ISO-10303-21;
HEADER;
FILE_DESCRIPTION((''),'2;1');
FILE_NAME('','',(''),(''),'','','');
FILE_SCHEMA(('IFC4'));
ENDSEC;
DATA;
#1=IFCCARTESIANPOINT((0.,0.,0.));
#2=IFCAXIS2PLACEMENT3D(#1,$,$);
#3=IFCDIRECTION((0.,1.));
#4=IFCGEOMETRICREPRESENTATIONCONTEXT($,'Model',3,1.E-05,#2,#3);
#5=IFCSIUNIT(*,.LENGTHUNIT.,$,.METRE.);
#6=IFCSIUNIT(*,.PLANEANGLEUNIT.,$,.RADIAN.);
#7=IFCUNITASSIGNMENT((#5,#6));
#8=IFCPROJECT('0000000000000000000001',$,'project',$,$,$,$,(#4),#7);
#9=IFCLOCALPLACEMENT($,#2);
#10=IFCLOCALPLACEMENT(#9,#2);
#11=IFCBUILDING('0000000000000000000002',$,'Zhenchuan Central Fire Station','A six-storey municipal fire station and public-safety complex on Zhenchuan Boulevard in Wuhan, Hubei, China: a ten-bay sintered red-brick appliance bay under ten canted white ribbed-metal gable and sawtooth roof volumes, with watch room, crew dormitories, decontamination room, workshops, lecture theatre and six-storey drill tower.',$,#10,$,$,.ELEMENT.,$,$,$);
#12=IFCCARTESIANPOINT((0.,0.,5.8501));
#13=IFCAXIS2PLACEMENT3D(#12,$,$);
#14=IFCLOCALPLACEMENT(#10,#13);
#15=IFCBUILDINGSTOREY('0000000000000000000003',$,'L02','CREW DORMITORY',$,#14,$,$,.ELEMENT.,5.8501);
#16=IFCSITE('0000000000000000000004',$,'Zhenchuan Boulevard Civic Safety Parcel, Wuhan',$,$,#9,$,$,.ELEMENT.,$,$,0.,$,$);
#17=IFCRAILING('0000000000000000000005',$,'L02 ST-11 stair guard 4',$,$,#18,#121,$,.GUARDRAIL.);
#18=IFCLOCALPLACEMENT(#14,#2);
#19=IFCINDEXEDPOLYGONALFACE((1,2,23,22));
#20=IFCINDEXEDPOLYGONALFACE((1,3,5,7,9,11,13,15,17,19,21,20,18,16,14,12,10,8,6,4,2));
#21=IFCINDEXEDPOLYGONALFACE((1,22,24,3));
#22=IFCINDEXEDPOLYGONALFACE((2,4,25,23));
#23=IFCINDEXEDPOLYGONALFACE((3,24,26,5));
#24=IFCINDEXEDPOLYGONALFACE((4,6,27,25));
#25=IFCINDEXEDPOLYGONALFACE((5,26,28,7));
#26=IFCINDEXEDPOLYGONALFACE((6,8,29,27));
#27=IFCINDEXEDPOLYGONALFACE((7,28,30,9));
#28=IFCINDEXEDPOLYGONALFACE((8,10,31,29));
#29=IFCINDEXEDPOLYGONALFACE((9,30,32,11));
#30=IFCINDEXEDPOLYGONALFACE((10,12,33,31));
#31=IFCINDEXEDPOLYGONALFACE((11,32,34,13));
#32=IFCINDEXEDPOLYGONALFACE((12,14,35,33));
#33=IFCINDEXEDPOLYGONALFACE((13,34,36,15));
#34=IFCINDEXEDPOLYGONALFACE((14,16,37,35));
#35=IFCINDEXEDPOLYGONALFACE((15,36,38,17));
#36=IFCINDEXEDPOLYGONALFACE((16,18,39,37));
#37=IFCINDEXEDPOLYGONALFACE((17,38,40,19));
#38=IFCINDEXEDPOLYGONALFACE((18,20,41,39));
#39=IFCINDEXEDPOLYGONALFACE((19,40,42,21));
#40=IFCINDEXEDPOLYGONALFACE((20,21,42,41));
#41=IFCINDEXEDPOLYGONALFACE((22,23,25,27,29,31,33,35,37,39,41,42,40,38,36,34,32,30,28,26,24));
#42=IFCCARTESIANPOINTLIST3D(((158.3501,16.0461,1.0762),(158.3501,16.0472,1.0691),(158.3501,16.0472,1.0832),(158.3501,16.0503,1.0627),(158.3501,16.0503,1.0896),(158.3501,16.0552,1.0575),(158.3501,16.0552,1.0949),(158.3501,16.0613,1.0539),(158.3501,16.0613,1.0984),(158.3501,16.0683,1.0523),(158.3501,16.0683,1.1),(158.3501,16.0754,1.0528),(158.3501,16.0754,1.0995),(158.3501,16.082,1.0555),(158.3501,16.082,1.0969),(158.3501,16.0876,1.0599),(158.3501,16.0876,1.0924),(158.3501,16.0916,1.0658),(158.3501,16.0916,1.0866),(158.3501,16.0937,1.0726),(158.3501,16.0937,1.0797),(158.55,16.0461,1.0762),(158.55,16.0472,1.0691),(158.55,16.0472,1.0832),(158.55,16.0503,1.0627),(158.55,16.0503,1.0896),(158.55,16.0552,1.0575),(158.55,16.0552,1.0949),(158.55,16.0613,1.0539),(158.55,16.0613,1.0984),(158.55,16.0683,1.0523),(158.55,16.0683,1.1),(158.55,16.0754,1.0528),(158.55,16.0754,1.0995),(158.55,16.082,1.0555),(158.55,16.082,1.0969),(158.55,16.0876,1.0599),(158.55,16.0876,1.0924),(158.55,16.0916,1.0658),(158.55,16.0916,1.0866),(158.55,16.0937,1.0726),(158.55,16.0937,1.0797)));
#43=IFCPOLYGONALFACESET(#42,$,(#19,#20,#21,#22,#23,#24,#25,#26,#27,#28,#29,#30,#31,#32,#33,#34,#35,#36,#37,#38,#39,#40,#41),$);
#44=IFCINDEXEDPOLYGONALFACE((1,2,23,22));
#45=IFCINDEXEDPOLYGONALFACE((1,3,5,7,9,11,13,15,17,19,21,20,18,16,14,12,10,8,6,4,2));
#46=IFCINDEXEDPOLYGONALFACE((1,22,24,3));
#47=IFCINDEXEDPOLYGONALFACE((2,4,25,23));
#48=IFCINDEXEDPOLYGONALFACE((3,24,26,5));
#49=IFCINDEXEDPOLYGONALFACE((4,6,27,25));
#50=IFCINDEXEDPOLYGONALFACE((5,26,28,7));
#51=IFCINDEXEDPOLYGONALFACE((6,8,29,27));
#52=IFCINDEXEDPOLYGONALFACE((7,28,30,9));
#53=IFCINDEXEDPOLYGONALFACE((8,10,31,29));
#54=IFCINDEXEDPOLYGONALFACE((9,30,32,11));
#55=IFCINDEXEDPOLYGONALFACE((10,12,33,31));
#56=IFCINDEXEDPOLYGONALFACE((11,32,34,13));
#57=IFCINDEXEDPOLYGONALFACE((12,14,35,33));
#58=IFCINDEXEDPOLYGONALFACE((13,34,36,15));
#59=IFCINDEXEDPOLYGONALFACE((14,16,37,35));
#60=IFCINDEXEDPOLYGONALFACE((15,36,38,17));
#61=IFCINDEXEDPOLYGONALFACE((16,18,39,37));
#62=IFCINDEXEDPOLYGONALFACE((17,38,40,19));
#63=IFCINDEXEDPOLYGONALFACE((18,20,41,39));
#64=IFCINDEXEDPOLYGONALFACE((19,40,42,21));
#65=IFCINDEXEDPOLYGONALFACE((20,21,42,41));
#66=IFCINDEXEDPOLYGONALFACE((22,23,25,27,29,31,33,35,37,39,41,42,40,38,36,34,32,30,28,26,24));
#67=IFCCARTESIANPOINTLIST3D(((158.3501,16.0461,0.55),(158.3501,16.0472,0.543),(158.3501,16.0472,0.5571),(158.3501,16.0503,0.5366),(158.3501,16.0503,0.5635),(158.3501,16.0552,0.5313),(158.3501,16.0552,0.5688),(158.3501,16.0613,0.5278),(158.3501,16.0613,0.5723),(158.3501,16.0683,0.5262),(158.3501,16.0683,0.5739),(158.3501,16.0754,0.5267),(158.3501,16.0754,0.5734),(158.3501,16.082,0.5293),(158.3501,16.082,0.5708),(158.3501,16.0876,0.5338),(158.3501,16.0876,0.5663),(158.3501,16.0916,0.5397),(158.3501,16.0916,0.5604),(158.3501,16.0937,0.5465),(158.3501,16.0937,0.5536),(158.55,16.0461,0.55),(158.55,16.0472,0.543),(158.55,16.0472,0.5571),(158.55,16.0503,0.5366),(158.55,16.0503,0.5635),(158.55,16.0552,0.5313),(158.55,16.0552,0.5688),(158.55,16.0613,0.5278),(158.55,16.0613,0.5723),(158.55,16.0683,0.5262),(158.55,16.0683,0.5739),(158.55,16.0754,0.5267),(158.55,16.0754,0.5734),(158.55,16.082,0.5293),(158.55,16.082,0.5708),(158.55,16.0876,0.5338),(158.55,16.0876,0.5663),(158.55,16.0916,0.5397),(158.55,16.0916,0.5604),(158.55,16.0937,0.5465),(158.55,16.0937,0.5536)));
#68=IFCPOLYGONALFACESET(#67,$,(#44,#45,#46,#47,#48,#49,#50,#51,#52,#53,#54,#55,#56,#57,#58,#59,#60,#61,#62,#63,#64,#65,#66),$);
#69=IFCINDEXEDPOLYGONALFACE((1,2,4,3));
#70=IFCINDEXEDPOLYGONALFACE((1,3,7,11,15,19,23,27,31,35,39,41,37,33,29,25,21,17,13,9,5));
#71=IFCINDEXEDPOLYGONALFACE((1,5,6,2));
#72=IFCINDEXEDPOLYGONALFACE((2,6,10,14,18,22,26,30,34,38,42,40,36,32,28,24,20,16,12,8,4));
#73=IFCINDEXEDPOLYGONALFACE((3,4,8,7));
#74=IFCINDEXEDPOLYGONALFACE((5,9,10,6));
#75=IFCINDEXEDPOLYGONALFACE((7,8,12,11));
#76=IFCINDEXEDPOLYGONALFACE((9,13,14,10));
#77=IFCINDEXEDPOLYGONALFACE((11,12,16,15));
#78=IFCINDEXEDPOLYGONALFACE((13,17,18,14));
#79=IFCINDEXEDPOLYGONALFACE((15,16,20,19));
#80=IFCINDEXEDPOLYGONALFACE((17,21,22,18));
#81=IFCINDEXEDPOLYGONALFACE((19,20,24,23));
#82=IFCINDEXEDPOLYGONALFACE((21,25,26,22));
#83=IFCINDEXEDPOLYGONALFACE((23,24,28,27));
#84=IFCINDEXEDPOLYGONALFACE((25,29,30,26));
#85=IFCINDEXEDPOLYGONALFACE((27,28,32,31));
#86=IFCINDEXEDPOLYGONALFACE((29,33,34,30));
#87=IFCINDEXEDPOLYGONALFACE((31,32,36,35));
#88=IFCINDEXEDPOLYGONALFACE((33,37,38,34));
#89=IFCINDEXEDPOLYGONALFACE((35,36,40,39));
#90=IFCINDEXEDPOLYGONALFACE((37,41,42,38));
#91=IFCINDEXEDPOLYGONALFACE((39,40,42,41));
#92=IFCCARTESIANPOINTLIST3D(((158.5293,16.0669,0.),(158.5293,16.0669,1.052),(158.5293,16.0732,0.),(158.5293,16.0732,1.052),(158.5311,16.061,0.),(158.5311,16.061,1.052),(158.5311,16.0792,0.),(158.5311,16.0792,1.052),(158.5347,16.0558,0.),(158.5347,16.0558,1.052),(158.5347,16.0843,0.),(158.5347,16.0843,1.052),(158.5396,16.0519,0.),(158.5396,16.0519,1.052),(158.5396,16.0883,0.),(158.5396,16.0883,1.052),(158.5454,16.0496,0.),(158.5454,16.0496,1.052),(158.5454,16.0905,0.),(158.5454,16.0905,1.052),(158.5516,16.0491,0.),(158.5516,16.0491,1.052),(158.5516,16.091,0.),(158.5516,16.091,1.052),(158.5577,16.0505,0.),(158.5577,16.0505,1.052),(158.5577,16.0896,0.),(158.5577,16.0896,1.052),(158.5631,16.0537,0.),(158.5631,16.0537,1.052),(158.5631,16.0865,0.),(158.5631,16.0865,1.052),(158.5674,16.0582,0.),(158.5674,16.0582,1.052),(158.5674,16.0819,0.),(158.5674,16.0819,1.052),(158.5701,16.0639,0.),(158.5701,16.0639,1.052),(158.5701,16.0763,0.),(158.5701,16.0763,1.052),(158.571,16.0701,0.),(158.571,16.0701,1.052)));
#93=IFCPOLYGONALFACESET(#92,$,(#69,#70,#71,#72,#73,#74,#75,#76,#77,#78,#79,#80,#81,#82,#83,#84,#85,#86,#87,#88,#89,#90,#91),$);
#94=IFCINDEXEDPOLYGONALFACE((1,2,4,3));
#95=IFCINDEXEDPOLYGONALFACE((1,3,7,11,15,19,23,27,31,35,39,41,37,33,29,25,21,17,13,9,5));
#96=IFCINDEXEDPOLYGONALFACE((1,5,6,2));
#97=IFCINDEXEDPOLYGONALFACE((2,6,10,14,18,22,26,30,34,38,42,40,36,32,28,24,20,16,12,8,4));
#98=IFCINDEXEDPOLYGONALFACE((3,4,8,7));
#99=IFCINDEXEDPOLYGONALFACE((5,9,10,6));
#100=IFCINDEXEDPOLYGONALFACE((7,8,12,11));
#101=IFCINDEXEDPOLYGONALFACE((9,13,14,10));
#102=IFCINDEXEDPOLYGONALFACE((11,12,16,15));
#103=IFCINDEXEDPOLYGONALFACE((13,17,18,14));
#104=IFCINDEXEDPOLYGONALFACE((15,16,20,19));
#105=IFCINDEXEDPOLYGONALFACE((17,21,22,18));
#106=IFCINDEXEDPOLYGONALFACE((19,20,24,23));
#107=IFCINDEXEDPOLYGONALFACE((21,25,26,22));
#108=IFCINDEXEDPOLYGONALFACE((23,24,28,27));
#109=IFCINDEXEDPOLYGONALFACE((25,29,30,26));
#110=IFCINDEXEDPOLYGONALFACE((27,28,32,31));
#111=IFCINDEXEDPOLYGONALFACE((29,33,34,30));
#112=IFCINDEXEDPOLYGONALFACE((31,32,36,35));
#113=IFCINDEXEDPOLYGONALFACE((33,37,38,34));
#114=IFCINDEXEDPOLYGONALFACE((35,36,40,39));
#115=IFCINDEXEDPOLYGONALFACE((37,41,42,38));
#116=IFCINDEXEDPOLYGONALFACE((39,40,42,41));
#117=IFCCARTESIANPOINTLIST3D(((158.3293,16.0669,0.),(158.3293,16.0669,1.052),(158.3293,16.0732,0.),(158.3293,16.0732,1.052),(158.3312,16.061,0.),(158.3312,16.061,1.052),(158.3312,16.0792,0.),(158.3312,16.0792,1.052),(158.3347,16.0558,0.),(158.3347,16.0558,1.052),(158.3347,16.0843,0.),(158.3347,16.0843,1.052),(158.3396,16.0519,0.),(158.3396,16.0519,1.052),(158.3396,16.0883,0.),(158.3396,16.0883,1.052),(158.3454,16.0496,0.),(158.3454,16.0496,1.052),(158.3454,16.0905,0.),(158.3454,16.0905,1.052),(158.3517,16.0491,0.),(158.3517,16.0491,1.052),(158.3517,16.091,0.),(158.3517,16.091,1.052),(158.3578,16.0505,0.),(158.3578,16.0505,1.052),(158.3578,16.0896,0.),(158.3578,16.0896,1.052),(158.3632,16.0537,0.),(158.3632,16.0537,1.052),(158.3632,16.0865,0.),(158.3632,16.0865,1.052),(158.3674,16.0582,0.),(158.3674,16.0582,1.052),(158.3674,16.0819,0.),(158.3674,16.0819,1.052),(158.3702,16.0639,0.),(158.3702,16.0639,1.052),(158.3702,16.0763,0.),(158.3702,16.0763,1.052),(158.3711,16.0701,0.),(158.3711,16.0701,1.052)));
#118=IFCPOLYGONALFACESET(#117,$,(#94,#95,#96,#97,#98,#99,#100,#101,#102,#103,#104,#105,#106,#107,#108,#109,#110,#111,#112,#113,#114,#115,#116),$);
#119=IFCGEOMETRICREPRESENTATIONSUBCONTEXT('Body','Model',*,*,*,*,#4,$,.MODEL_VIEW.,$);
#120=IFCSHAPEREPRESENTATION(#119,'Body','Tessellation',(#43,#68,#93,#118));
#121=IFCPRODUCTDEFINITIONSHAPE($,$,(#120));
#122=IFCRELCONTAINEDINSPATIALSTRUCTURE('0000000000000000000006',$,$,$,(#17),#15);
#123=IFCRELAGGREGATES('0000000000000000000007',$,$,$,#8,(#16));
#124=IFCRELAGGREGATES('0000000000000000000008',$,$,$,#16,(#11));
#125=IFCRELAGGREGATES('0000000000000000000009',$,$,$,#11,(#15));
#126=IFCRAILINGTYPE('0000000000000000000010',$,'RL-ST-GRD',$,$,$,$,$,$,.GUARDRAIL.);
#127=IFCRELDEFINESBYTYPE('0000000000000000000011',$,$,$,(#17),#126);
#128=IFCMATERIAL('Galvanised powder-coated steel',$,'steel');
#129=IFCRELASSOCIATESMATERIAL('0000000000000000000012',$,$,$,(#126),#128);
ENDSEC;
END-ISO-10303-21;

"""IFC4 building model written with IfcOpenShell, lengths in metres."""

from ifc_helpers import new_model, si_unit, direction, frame, origin, origin_2d, place, context, subcontext, project, spatial, circle, extrude, material, type_object, element, save


model = new_model("IFC4")

# Units and contexts
model_context = context("Model", 3, precision=1e-05, world=origin(), true_north=direction((0.0, 1.0)))
body_context = subcontext(model_context, "Body", "Model", "MODEL_VIEW")
ifc_project = project(units=[si_unit("LENGTHUNIT", "METRE"), si_unit("PLANEANGLEUNIT", "RADIAN")], contexts=[model_context])

# Site, building, storey
site_placement = place(None, origin())
site = spatial("IfcSite", under=ifc_project, at=site_placement, Name="Zhenchuan Boulevard Civic Safety Parcel, Wuhan", CompositionType="ELEMENT", RefElevation=0.0)
building_placement = place(site_placement, origin())
building = spatial("IfcBuilding", under=site, at=building_placement, Name="Zhenchuan Central Fire Station", Description="A six-storey municipal fire station and public-safety complex on Zhenchuan Boulevard in Wuhan, Hubei, China: a ten-bay sintered red-brick appliance bay under ten canted white ribbed-metal gable and sawtooth roof volumes, with watch room, crew dormitories, decontamination room, workshops, lecture theatre and six-storey drill tower.", CompositionType="ELEMENT")
storey_placement = place(building_placement, frame((0.0, 0.0, 5.8501)))
storey = spatial("IfcBuildingStorey", under=building, at=storey_placement, Name="L02", Description="CREW DORMITORY", CompositionType="ELEMENT", Elevation=5.8501)

# Railing
ifc_material_1 = material(Name="Galvanised powder-coated steel", Category="steel")
railing_type_1 = type_object("IfcRailingType", Name="RL-ST-GRD", PredefinedType="GUARDRAIL", material=ifc_material_1)
railing_1_placement = place(storey_placement, frame((158.55, 16.0701, 0.0)))
element("IfcRailing", 1, at=railing_1_placement, inside=storey, type_object=railing_type_1, Name="L02 ST-11 stair guard 4", PredefinedType="GUARDRAIL", context=body_context, shape_type="SweptSolid", body=[
    extrude(circle(Radius=0.0239, at=origin_2d()), frame((0.0, 0.0, 1.0762), z_axis=(-1.0, 0.0, 0.0), x_axis=(0.0, -1.0, 0.0)), (0.0, 0.0, 1.0), 0.2),
    extrude(circle(Radius=0.0239, at=origin_2d()), frame((0.0, 0.0, 0.55), z_axis=(-1.0, 0.0, 0.0), x_axis=(0.0, -1.0, 0.0)), (0.0, 0.0, 1.0), 0.2),
    extrude(circle(Radius=0.021, at=origin_2d()), origin(), (0.0, 0.0, 1.0), 1.052),
    extrude(circle(Radius=0.021, at=origin_2d()), frame((-0.2, 0.0, 0.0)), (0.0, 0.0, 1.0), 1.052),
])

save(model, "model.ifc")
